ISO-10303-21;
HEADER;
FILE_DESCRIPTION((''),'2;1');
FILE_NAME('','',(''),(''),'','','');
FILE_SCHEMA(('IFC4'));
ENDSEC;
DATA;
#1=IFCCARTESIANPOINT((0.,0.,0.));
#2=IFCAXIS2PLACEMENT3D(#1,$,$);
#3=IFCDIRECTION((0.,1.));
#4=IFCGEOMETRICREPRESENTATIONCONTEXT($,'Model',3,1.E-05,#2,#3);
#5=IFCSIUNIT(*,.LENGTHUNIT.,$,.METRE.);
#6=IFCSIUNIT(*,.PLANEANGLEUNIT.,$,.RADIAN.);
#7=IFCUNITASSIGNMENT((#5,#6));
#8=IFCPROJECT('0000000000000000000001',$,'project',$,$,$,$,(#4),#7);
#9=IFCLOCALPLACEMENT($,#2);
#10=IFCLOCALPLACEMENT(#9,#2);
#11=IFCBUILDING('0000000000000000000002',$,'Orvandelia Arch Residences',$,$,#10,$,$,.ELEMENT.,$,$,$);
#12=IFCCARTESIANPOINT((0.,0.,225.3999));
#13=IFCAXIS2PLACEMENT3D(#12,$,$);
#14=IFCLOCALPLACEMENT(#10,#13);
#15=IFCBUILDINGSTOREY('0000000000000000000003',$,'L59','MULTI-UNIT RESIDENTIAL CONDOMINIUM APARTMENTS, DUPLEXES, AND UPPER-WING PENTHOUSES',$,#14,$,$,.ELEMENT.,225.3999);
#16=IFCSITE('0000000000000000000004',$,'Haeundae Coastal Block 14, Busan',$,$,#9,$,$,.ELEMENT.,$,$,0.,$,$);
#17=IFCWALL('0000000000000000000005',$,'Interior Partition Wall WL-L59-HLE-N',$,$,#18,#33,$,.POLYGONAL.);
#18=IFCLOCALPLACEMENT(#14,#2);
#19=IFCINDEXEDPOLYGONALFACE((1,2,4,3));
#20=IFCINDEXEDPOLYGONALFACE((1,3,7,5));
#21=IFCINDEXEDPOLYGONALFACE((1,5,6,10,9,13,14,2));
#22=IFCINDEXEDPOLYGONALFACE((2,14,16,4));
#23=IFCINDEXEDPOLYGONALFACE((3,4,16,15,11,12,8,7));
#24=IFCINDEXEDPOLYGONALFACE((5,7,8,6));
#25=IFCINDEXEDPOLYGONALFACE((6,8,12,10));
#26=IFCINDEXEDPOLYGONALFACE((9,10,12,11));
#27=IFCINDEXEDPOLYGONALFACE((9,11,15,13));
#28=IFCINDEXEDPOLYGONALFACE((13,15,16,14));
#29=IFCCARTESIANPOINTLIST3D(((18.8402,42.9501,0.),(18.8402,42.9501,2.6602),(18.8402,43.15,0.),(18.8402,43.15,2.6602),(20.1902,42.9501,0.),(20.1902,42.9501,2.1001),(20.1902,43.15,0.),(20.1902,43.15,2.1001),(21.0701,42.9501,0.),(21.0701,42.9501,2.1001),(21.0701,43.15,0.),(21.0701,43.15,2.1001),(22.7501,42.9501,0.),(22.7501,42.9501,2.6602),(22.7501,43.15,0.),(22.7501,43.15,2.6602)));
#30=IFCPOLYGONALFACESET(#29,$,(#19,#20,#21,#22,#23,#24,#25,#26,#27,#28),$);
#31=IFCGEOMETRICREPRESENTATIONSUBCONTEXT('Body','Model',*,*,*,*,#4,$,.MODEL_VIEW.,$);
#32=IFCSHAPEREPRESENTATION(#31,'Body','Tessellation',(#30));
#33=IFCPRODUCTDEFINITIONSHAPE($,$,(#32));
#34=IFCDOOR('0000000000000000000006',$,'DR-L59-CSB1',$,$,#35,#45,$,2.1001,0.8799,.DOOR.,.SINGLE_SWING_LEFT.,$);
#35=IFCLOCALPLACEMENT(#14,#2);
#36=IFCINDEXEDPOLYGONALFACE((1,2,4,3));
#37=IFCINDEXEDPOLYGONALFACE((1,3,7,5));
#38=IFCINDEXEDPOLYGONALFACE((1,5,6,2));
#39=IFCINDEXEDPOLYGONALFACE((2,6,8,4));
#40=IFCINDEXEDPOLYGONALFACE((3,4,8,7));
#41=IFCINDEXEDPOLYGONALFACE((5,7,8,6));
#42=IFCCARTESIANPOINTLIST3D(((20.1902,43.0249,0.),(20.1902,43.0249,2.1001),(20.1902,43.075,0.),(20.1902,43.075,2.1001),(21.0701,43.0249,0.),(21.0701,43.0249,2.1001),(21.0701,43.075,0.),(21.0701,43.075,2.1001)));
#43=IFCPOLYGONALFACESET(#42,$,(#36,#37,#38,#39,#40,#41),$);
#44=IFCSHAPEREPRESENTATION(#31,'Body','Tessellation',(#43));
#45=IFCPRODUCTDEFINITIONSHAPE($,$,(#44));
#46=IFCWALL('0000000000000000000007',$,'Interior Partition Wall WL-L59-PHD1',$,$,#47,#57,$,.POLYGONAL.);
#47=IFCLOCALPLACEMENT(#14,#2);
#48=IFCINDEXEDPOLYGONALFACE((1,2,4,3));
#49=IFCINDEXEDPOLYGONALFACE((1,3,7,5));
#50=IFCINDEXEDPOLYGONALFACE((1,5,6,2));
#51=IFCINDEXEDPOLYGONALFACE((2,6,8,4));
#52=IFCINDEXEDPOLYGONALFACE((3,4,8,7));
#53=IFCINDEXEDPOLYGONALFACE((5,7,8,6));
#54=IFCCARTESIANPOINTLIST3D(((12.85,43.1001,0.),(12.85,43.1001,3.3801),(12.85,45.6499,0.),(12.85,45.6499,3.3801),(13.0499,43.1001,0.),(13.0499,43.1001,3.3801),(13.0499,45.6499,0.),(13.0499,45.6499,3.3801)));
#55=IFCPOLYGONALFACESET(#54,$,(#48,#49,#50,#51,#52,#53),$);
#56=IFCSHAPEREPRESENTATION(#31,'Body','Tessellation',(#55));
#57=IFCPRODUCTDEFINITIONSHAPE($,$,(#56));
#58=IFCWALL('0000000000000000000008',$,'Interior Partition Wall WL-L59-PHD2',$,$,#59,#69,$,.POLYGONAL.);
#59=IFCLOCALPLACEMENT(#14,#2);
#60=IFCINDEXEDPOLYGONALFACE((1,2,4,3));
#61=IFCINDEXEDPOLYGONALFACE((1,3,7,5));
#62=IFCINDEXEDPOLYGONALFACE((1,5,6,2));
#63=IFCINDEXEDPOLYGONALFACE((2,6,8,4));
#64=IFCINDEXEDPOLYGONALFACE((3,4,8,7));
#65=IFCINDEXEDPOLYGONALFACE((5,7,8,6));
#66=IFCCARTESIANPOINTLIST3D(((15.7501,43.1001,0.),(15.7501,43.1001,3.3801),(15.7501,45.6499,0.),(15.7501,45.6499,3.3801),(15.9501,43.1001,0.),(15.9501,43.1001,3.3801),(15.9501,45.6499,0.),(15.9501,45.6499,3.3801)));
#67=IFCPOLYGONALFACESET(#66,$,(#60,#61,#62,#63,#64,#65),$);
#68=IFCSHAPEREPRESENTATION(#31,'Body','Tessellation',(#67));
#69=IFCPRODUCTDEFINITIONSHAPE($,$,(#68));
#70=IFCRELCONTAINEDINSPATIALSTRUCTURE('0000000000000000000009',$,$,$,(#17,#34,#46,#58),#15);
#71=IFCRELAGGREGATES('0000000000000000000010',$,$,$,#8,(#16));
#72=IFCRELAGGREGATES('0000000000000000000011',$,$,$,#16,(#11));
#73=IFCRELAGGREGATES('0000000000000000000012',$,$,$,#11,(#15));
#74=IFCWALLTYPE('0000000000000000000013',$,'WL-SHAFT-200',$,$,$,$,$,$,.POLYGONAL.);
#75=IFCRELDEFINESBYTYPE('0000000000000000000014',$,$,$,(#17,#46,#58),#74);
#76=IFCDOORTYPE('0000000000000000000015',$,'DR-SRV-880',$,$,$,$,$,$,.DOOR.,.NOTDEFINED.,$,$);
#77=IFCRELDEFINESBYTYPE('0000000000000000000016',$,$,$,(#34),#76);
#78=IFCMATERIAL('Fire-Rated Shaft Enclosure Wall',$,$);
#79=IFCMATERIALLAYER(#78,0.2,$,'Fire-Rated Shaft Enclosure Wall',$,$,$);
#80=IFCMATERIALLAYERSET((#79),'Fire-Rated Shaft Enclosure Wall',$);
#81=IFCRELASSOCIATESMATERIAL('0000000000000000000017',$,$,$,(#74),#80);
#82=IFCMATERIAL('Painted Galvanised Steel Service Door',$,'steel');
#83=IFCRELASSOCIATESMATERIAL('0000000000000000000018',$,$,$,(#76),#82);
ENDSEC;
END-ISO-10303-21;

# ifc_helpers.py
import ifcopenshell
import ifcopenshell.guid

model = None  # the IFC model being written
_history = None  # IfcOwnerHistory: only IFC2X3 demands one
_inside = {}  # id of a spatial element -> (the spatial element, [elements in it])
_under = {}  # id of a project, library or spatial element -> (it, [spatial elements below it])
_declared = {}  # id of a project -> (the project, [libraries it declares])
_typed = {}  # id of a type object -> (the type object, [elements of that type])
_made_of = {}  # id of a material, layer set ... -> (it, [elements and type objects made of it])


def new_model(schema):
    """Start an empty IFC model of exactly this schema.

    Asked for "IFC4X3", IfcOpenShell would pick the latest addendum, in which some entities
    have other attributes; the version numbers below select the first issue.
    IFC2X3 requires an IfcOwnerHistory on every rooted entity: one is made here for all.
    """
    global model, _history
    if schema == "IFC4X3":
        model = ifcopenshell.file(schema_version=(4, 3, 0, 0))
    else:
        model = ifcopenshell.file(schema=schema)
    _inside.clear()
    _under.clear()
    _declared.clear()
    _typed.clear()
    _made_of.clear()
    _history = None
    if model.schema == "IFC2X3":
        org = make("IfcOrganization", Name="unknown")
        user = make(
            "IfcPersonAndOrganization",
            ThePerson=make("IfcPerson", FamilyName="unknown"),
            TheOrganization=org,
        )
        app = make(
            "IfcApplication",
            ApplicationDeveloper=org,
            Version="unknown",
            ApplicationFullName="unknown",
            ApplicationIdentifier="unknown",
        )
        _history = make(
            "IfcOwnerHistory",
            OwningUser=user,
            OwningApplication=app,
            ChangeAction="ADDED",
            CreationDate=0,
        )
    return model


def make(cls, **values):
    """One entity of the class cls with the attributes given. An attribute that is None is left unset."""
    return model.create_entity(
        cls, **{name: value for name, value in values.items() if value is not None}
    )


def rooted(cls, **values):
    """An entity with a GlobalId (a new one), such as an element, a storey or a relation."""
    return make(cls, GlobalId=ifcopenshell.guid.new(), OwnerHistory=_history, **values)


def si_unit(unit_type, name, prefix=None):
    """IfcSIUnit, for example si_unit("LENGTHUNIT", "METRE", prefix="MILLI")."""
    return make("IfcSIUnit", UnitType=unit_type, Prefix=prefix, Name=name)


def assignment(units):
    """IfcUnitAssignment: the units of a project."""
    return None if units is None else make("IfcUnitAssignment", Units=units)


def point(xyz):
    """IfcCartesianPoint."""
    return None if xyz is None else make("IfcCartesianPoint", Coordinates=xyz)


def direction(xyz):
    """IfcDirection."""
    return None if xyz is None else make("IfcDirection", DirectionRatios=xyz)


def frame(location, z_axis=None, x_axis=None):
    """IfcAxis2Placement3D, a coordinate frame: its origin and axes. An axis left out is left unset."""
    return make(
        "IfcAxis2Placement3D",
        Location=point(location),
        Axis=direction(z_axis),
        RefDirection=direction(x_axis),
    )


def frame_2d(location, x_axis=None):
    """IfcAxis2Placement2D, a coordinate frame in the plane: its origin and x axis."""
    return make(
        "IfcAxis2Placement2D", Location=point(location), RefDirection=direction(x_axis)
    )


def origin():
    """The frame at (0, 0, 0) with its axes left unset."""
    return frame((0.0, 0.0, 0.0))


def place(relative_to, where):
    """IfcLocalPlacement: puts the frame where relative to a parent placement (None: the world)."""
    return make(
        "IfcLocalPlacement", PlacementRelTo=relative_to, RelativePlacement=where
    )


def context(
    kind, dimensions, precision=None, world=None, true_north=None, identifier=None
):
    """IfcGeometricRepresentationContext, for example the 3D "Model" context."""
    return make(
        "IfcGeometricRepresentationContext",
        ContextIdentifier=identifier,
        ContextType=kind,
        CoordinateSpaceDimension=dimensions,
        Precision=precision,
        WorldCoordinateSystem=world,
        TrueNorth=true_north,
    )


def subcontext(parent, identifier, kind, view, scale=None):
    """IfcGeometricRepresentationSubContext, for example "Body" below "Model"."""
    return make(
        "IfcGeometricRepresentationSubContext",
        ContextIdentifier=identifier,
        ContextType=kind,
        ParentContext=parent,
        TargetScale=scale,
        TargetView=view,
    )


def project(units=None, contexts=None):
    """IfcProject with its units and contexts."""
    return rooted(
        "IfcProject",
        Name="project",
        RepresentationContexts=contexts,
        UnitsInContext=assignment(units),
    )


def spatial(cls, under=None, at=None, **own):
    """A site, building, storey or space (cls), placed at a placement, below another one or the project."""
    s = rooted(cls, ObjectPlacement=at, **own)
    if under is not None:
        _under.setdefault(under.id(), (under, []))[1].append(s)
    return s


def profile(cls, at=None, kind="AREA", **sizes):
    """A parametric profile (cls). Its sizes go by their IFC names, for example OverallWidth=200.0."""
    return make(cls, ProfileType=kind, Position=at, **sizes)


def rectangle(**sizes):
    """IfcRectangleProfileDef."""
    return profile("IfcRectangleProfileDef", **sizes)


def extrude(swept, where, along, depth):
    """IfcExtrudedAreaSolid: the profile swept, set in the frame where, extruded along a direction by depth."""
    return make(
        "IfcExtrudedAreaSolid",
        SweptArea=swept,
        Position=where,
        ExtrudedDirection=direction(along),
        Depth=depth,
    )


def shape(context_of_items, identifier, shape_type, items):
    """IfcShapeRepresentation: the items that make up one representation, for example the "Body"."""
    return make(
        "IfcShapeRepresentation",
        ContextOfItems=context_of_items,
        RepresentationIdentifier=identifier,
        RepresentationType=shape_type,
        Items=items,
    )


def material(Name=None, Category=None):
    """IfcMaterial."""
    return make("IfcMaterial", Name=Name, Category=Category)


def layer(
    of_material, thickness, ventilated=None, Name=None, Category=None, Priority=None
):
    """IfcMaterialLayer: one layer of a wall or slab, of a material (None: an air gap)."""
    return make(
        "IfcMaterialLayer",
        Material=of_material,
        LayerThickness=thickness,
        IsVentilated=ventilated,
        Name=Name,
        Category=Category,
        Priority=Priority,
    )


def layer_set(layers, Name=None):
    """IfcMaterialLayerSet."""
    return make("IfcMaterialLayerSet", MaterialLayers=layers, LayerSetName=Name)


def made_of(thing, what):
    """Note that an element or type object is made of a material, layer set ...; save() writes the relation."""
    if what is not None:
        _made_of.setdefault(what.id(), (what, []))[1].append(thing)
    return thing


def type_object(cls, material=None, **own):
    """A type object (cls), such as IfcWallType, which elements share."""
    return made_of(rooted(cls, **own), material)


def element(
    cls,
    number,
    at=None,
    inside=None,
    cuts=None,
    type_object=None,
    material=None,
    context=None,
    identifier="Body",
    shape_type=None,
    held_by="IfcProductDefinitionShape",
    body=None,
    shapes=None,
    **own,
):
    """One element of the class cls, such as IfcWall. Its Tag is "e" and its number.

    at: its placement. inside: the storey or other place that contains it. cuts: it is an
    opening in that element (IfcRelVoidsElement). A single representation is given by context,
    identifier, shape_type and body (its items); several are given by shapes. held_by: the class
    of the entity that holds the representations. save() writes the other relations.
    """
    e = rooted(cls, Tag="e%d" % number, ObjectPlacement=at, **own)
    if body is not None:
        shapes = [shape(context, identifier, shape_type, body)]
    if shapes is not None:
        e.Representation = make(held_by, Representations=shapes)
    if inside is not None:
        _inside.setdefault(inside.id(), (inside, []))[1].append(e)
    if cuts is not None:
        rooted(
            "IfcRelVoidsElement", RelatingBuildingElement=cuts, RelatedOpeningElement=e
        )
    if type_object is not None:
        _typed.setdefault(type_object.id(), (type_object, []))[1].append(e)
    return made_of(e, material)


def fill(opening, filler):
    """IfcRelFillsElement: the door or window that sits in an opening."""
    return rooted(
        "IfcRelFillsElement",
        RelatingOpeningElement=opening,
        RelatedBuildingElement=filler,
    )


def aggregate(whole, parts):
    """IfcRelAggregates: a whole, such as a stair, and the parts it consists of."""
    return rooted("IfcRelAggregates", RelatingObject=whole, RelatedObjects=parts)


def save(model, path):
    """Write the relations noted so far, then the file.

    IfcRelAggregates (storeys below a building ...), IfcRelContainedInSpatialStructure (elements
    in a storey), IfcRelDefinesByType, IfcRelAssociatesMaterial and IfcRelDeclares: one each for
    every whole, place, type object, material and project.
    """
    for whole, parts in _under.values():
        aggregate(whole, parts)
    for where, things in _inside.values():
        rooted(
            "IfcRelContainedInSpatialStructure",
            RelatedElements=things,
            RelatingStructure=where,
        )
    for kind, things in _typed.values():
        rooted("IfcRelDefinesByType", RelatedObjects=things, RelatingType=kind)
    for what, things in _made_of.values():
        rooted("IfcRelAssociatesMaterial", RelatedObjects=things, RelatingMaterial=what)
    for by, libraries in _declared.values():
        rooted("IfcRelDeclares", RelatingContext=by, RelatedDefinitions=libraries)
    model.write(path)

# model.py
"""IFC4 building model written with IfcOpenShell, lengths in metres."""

from ifc_helpers import new_model, si_unit, direction, frame, frame_2d, origin, place, context, subcontext, project, spatial, rectangle, extrude, material, layer, layer_set, type_object, element, fill, save


model = new_model("IFC4")

# Units and contexts
model_context = context("Model", 3, precision=1e-05, world=origin(), true_north=direction((0.0, 1.0)))
body_context = subcontext(model_context, "Body", "Model", "MODEL_VIEW")
ifc_project = project(units=[si_unit("LENGTHUNIT", "METRE"), si_unit("PLANEANGLEUNIT", "RADIAN")], contexts=[model_context])

# Site, building, storey
site_placement = place(None, origin())
site = spatial("IfcSite", under=ifc_project, at=site_placement, Name="Haeundae Coastal Block 14, Busan", CompositionType="ELEMENT", RefElevation=0.0)
building_placement = place(site_placement, origin())
building = spatial("IfcBuilding", under=site, at=building_placement, Name="Orvandelia Arch Residences", CompositionType="ELEMENT")
storey_placement = place(building_placement, frame((0.0, 0.0, 225.3999)))
storey = spatial("IfcBuildingStorey", under=building, at=storey_placement, Name="L59", Description="MULTI-UNIT RESIDENTIAL CONDOMINIUM APARTMENTS, DUPLEXES, AND UPPER-WING PENTHOUSES", CompositionType="ELEMENT", Elevation=225.3999)

# Shared definitions
ifc_material_1 = material(Name="Fire-Rated Shaft Enclosure Wall")
ifc_layer_1 = layer(ifc_material_1, 0.2, Name="Fire-Rated Shaft Enclosure Wall")
ifc_layer_set_1 = layer_set([ifc_layer_1], Name="Fire-Rated Shaft Enclosure Wall")
wall_type_1 = type_object("IfcWallType", Name="WL-SHAFT-200", PredefinedType="POLYGONAL", material=ifc_layer_set_1)

# Shared definitions
ifc_material_2 = material(Name="Painted Galvanised Steel Service Door", Category="steel")
door_type_1 = type_object("IfcDoorType", Name="DR-SRV-880", OperationType="NOTDEFINED", PredefinedType="DOOR", material=ifc_material_2)

# Wall, opening, door
wall_1_placement = place(storey_placement, frame((18.8401, 43.05, 0.0), z_axis=(0.0, 0.0, 1.0), x_axis=(1.0, 0.0, 0.0)))
wall_1 = element("IfcWall", 1, at=wall_1_placement, inside=storey, type_object=wall_type_1, Name="Interior Partition Wall WL-L59-HLE-N", PredefinedType="POLYGONAL", context=body_context, shape_type="SweptSolid", body=[
    extrude(rectangle(XDim=3.9099, YDim=0.2, at=frame_2d((1.9551, 0.0))), origin(), (0.0, 0.0, 1.0), 2.6602),
])
opening_1_placement = place(wall_1_placement, frame((1.3501, 0.0, 0.0)))
opening_1 = element("IfcOpeningElement", 2, at=opening_1_placement, cuts=wall_1, PredefinedType="OPENING", context=body_context, shape_type="SweptSolid", body=[
    extrude(rectangle(XDim=0.8799, YDim=2.1001, at=frame_2d((0.4399, 1.05))), frame((0.0, 0.1099, 0.0), z_axis=(0.0, -1.0, 0.0), x_axis=(1.0, 0.0, 0.0)), (0.0, 0.0, 1.0), 0.22),
])
door_1_placement = place(opening_1_placement, origin())
door_1 = element("IfcDoor", 3, at=door_1_placement, inside=storey, type_object=door_type_1, Name="DR-L59-CSB1", OperationType="SINGLE_SWING_LEFT", OverallHeight=2.1001, OverallWidth=0.8799, PredefinedType="DOOR", context=body_context, shape_type="SweptSolid", body=[
    extrude(rectangle(XDim=0.8799, YDim=2.1001, at=frame_2d((0.4399, 1.05))), frame((0.0, 0.0249, 0.0), z_axis=(0.0, -1.0, 0.0), x_axis=(1.0, 0.0, 0.0)), (0.0, 0.0, 1.0), 0.05),
])
fill(opening_1, door_1)

# Walls
for number, where, z_axis, x_axis, name in (
    (4, (12.95, 43.1001, 0.0), (0.0, 0.0, 1.0), (0.0, 1.0, 0.0), "Interior Partition Wall WL-L59-PHD1"),
    (5, (15.8501, 43.1001, 0.0), (0.0, 0.0, 1.0), (0.0, 1.0, 0.0), "Interior Partition Wall WL-L59-PHD2"),
):
    element("IfcWall", number, at=place(storey_placement, frame(where, z_axis=z_axis, x_axis=x_axis)), inside=storey, type_object=wall_type_1, Name=name, PredefinedType="POLYGONAL", context=body_context, shape_type="SweptSolid", body=[
        extrude(rectangle(XDim=2.5498, YDim=0.2, at=frame_2d((1.2749, 0.0))), origin(), (0.0, 0.0, 1.0), 3.3801),
    ])

save(model, "model.ifc")
